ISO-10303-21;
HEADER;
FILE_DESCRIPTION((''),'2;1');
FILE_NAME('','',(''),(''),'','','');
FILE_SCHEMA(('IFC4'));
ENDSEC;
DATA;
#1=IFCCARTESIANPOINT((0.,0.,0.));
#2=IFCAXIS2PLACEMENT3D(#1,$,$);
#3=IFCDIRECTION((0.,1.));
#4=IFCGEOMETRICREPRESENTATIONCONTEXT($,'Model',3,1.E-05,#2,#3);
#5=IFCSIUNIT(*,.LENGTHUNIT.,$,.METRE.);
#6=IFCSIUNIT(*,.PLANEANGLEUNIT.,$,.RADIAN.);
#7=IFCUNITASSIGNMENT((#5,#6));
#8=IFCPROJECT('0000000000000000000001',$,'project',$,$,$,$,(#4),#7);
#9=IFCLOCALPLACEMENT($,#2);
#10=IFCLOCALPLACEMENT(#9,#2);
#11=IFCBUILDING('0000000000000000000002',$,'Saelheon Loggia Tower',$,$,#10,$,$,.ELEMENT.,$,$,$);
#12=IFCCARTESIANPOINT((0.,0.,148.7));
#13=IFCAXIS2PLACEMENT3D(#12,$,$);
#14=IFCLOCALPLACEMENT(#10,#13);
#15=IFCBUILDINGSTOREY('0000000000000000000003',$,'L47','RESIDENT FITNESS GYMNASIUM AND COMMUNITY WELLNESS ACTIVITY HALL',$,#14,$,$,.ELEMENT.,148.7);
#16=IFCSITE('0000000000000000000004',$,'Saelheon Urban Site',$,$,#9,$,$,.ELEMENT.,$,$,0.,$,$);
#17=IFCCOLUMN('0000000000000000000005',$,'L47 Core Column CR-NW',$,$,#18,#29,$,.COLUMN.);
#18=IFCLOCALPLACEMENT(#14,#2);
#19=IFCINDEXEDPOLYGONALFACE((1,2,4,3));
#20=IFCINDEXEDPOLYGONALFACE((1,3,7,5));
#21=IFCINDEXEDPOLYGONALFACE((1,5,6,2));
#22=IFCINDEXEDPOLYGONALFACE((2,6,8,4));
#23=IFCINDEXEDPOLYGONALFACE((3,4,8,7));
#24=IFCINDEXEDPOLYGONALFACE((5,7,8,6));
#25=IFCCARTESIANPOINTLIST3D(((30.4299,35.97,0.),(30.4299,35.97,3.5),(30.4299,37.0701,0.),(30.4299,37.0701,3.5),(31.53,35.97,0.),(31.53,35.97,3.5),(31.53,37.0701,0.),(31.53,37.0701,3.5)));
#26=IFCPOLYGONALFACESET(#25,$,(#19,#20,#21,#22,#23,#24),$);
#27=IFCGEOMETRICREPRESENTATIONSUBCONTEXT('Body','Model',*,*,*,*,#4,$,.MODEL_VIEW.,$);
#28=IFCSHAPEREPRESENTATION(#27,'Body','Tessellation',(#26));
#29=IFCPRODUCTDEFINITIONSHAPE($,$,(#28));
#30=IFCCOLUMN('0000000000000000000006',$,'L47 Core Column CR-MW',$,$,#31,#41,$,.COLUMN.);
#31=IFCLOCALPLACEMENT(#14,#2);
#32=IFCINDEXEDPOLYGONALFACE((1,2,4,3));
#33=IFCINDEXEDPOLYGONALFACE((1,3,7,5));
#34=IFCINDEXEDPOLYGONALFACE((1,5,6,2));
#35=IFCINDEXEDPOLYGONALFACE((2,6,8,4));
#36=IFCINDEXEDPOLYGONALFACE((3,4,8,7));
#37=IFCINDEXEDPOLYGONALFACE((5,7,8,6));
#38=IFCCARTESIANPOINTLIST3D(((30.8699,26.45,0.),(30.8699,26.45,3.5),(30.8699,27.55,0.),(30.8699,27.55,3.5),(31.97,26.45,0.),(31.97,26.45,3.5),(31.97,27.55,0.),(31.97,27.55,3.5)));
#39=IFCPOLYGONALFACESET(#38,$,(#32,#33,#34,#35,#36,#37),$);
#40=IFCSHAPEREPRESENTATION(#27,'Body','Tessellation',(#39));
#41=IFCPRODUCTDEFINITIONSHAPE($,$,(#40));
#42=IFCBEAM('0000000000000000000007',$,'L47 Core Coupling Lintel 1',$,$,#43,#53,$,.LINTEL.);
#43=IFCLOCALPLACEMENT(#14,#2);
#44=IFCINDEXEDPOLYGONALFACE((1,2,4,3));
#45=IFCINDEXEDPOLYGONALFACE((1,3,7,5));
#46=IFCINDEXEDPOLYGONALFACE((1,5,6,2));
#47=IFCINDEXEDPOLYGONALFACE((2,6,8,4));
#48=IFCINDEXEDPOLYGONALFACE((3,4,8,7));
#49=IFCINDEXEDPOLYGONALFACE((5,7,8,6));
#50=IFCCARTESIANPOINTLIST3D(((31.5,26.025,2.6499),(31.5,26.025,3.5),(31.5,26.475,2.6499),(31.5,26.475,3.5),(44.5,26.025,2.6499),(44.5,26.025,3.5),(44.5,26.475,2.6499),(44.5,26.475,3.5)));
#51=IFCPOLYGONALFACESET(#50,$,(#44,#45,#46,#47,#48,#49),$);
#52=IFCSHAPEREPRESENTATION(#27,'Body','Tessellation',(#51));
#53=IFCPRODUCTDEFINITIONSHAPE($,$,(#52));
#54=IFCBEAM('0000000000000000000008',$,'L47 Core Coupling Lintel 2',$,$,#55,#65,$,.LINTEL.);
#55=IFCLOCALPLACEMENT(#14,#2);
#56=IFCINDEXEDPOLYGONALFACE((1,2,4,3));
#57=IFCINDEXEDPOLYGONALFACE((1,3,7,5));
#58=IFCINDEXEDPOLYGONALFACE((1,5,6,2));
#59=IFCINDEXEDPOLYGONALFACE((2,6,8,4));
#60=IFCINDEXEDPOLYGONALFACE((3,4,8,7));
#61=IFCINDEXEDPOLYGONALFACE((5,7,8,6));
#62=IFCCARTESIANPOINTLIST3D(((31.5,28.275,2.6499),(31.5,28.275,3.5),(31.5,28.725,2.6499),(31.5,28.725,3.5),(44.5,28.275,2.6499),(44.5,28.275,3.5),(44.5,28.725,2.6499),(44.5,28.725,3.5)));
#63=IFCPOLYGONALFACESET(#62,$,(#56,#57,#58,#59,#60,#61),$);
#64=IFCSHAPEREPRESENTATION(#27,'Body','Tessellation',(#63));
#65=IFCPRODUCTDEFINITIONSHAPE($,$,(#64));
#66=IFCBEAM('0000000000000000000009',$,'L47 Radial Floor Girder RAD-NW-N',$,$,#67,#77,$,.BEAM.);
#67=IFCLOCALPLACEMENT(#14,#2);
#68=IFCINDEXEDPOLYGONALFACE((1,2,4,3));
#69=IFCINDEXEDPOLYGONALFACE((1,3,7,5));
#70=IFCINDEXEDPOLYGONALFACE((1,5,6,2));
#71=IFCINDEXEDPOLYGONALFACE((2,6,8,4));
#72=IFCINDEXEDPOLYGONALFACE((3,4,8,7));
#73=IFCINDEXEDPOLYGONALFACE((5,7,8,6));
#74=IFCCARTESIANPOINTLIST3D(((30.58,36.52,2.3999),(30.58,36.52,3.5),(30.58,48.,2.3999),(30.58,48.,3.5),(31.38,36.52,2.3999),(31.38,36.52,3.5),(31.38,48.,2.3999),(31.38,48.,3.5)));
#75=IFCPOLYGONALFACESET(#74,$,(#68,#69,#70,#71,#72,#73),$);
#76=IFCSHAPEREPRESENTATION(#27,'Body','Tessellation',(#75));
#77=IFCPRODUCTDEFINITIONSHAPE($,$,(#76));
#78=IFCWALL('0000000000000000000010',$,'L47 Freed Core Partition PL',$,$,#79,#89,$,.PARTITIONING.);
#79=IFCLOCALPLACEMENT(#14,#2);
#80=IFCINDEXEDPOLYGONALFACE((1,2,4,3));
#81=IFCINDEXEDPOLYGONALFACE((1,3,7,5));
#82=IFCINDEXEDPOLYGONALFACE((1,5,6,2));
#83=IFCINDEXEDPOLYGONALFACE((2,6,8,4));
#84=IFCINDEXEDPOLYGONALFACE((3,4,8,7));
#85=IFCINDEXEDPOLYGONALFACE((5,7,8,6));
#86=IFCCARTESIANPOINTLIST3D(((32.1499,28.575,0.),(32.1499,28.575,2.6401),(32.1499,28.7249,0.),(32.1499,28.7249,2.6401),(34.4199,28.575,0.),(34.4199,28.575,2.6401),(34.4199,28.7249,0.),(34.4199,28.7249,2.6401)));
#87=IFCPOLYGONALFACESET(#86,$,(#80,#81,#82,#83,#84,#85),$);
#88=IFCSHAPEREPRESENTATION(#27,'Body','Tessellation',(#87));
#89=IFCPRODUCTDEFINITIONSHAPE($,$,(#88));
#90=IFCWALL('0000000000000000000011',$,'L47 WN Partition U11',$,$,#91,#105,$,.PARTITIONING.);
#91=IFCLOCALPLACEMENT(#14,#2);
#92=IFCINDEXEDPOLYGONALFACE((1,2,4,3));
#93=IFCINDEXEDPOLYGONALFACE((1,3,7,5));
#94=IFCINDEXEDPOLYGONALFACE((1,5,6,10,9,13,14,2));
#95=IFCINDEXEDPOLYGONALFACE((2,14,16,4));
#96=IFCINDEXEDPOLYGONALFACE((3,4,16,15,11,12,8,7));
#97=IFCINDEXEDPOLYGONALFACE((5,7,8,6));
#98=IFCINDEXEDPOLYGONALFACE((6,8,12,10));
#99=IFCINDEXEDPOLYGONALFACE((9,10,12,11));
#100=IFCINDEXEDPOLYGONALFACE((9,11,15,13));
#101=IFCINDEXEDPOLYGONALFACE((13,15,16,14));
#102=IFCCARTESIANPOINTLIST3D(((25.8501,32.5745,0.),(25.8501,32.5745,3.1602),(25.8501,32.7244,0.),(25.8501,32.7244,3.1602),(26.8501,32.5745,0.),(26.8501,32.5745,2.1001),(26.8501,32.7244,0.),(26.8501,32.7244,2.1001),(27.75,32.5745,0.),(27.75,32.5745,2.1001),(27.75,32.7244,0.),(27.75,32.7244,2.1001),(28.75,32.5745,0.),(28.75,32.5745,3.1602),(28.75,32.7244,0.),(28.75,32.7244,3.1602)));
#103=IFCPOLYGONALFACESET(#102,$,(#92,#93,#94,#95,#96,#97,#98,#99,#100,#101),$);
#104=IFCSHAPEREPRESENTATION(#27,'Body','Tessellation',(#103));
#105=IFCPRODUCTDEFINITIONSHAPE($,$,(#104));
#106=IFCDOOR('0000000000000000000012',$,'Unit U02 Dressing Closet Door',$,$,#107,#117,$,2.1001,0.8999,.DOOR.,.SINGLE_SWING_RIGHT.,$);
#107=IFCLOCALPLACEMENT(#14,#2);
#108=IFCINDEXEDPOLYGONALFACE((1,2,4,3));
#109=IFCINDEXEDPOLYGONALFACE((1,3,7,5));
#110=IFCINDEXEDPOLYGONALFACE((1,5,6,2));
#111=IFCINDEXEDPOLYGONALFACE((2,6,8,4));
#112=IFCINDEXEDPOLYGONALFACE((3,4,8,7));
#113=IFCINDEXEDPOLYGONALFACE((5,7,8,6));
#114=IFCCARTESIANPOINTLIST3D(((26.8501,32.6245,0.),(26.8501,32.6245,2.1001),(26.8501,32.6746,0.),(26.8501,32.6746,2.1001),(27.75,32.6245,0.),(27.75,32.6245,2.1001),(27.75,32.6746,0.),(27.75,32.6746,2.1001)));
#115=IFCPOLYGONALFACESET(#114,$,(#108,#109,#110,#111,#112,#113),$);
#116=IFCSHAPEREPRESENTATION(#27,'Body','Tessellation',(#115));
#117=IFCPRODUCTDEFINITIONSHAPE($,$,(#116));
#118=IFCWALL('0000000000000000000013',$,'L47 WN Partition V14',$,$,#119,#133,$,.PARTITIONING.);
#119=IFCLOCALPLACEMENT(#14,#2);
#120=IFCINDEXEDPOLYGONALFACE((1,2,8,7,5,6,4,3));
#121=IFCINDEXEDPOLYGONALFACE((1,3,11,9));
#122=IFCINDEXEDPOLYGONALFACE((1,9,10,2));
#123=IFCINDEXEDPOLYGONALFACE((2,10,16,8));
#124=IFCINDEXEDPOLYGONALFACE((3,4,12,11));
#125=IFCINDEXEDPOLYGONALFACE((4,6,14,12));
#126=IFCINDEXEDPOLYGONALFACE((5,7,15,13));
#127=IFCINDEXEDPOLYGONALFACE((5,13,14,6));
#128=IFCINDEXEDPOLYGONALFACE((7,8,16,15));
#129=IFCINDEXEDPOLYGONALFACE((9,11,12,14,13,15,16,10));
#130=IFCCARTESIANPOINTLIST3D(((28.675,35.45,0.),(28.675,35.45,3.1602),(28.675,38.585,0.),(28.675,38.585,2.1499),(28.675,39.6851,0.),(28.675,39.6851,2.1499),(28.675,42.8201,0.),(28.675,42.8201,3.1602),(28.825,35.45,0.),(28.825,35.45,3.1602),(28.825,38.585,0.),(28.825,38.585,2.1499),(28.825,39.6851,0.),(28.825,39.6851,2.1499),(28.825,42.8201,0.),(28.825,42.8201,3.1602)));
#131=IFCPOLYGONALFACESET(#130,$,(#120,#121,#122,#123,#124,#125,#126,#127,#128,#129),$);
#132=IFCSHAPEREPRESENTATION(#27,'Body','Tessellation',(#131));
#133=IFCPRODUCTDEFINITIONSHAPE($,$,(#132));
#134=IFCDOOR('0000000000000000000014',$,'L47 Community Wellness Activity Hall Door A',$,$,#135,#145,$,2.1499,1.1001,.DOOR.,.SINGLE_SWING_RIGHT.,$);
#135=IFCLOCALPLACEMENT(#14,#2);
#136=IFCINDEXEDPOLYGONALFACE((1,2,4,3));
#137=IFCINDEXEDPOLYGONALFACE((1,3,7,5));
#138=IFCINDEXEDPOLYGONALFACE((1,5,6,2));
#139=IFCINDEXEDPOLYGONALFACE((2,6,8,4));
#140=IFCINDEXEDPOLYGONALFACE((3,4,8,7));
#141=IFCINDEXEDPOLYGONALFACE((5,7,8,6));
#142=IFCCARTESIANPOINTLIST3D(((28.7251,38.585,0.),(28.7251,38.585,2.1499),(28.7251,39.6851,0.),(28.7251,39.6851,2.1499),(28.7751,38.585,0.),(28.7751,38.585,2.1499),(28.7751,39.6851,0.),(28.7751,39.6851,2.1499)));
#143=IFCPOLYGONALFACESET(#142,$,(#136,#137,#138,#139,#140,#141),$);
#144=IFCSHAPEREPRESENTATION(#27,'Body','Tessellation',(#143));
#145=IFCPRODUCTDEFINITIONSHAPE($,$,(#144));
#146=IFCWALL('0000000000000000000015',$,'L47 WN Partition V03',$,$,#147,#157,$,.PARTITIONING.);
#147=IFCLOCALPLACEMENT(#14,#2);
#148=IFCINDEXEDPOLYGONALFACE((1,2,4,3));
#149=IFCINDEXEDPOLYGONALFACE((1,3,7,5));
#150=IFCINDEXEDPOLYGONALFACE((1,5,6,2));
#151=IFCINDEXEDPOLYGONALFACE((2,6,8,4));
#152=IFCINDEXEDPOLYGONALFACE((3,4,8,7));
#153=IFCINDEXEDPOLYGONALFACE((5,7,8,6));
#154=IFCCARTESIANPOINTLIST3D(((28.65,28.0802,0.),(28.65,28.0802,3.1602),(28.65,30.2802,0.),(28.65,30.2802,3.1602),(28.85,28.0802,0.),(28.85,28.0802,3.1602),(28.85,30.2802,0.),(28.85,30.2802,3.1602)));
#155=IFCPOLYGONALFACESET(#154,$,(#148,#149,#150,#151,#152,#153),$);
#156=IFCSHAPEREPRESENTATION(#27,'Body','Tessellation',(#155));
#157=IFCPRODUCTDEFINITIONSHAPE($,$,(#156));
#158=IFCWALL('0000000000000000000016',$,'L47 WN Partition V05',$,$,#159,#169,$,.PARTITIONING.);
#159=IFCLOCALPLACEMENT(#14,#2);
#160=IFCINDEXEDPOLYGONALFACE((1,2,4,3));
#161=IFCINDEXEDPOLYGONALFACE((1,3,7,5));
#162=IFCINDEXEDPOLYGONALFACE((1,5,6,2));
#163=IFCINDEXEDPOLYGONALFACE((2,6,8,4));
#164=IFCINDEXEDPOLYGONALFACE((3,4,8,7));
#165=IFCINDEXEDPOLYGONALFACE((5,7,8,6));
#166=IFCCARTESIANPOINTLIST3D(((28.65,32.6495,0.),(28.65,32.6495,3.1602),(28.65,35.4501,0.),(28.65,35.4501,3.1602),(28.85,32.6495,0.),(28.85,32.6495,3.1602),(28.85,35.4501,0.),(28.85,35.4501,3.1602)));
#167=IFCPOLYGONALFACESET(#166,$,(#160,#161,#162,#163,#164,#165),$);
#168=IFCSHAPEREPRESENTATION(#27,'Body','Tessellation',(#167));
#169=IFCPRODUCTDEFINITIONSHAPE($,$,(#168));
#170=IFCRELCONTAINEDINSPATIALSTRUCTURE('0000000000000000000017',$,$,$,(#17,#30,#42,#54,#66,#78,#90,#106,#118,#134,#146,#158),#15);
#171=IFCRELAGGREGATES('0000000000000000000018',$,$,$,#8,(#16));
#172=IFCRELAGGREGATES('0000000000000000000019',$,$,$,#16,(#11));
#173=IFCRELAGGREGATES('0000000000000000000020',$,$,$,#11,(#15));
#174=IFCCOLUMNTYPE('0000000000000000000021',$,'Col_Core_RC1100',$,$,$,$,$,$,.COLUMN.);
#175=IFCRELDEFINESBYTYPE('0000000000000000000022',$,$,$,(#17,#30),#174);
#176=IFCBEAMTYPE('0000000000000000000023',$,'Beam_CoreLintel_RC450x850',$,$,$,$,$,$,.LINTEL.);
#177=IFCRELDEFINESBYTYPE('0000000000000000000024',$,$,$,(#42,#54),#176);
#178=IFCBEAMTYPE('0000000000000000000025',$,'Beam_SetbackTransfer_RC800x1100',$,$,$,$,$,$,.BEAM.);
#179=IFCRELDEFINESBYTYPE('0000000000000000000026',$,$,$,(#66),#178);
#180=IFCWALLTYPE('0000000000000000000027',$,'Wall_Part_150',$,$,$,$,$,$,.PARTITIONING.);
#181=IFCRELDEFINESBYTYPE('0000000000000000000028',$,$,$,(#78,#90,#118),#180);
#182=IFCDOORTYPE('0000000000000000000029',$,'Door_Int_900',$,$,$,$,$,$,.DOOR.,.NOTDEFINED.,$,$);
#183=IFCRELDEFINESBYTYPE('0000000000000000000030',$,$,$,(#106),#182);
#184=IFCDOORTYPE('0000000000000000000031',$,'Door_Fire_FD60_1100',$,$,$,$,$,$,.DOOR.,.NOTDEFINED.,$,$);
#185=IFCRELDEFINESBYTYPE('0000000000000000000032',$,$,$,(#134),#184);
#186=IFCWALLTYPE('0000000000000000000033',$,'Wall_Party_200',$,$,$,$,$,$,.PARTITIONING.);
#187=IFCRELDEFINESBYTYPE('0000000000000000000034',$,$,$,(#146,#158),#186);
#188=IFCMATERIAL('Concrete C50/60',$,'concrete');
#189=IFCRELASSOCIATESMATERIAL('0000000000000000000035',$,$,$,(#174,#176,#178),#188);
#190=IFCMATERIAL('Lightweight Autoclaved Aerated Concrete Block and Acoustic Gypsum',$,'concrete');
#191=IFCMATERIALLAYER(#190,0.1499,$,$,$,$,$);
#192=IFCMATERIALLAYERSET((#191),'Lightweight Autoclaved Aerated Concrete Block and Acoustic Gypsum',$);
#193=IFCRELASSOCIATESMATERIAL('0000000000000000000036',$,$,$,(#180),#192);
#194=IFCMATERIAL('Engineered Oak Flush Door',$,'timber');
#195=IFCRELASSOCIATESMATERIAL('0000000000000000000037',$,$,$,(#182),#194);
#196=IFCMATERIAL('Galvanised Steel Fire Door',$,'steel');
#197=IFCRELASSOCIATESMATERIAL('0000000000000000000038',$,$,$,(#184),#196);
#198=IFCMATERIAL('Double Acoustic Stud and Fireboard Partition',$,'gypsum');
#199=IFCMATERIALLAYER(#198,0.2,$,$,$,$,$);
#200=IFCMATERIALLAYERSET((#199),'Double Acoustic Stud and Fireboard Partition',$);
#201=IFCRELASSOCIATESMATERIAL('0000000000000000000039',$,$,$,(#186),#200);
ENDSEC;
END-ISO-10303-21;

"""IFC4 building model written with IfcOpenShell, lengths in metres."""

from ifc_helpers import new_model, si_unit, direction, frame, frame_2d, origin, origin_2d, place, context, subcontext, project, spatial, rectangle, extrude, source, transform, mapped, material, layer, layer_set, material_profile, profile_set, type_object, element, fill, save


model = new_model("IFC4")

# Units and contexts
model_context = context("Model", 3, precision=1e-05, world=origin(), true_north=direction((0.0, 1.0)))
body_context = subcontext(model_context, "Body", "Model", "MODEL_VIEW")
ifc_project = project(units=[si_unit("LENGTHUNIT", "METRE"), si_unit("PLANEANGLEUNIT", "RADIAN")], contexts=[model_context])

# Site, building, storey
site_placement = place(None, origin())
site = spatial("IfcSite", under=ifc_project, at=site_placement, Name="Saelheon Urban Site", CompositionType="ELEMENT", RefElevation=0.0)
building_placement = place(site_placement, origin())
building = spatial("IfcBuilding", under=site, at=building_placement, Name="Saelheon Loggia Tower", CompositionType="ELEMENT")
storey_placement = place(building_placement, frame((0.0, 0.0, 148.7)))
storey = spatial("IfcBuildingStorey", under=building, at=storey_placement, Name="L47", Description="RESIDENT FITNESS GYMNASIUM AND COMMUNITY WELLNESS ACTIVITY HALL", CompositionType="ELEMENT", Elevation=148.7)

# Columns
ifc_material_1 = material(Name="Concrete C50/60", Category="concrete")
ifc_material_profile_1 = material_profile(ifc_material_1, rectangle(XDim=1.1001, YDim=1.1001, at=origin_2d()), Name="RC-1100x1100")
ifc_profile_set_1 = profile_set([ifc_material_profile_1], Name="Concrete C50/60")
column_type = type_object("IfcColumnType", Name="Col_Core_RC1100", PredefinedType="COLUMN", material=ifc_profile_set_1)
shared_shape_1 = source(origin(), body_context, "Body", "SweptSolid", [
    extrude(rectangle(XDim=1.1001, YDim=1.1001, at=origin_2d()), origin(), (0.0, 0.0, 1.0), 3.5),
])
for number, where, z_axis, x_axis, name in (
    (1, (30.98, 36.52, 0.0), (0.0, 0.0, 1.0), (1.0, 0.0, 0.0), "L47 Core Column CR-NW"),
    (2, (31.4199, 27.0, 0.0), (0.0, 0.0, 1.0), (1.0, 0.0, 0.0), "L47 Core Column CR-MW"),
):
    element("IfcColumn", number, at=place(storey_placement, frame(where, z_axis=z_axis, x_axis=x_axis)), inside=storey, type_object=column_type, Name=name, PredefinedType="COLUMN", context=body_context, shape_type="MappedRepresentation", body=[
        mapped(shared_shape_1, transform((0.0, 0.0, 0.0), scale=1.0)),
    ])

# Beams
ifc_material_profile_2 = material_profile(ifc_material_1, rectangle(XDim=0.45, YDim=0.8501, at=origin_2d()), Name="RC-450x850")
ifc_profile_set_2 = profile_set([ifc_material_profile_2], Name="Concrete C50/60")
beam_type_1 = type_object("IfcBeamType", Name="Beam_CoreLintel_RC450x850", PredefinedType="LINTEL", material=ifc_profile_set_2)
shared_shape_2 = source(origin(), body_context, "Body", "SweptSolid", [
    extrude(rectangle(XDim=0.45, YDim=0.8501, at=origin_2d()), origin(), (0.0, 0.0, 1.0), 13.0),
])
for number, where, z_axis, x_axis, name in (
    (3, (31.5, 26.25, 3.075), (1.0, 0.0, 0.0), (0.0, 1.0, 0.0), "L47 Core Coupling Lintel 1"),
    (4, (31.5, 28.5, 3.075), (1.0, 0.0, 0.0), (0.0, 1.0, 0.0), "L47 Core Coupling Lintel 2"),
):
    element("IfcBeam", number, at=place(storey_placement, frame(where, z_axis=z_axis, x_axis=x_axis)), inside=storey, type_object=beam_type_1, Name=name, PredefinedType="LINTEL", context=body_context, shape_type="MappedRepresentation", body=[
        mapped(shared_shape_2, transform((0.0, 0.0, 0.0), scale=1.0)),
    ])
ifc_material_profile_3 = material_profile(ifc_material_1, rectangle(XDim=0.8, YDim=1.1001, at=origin_2d()), Name="RC-800x1100")
ifc_profile_set_3 = profile_set([ifc_material_profile_3], Name="Concrete C50/60")
beam_type_2 = type_object("IfcBeamType", Name="Beam_SetbackTransfer_RC800x1100", PredefinedType="BEAM", material=ifc_profile_set_3)
shared_shape_3 = source(origin(), body_context, "Body", "SweptSolid", [
    extrude(rectangle(XDim=0.8, YDim=1.1001, at=origin_2d()), origin(), (0.0, 0.0, 1.0), 11.48),
])
beam_placement = place(storey_placement, frame((30.98, 36.52, 2.95), z_axis=(0.0, 1.0, 0.0), x_axis=(-1.0, 0.0, 0.0)))
element("IfcBeam", 5, at=beam_placement, inside=storey, type_object=beam_type_2, Name="L47 Radial Floor Girder RAD-NW-N", PredefinedType="BEAM", context=body_context, shape_type="MappedRepresentation", body=[
    mapped(shared_shape_3, transform((0.0, 0.0, 0.0), scale=1.0)),
])

# Wall
ifc_material_2 = material(Name="Lightweight Autoclaved Aerated Concrete Block and Acoustic Gypsum", Category="concrete")
ifc_layer_1 = layer(ifc_material_2, 0.1499)
ifc_layer_set_1 = layer_set([ifc_layer_1], Name="Lightweight Autoclaved Aerated Concrete Block and Acoustic Gypsum")
wall_type_1 = type_object("IfcWallType", Name="Wall_Part_150", PredefinedType="PARTITIONING", material=ifc_layer_set_1)
wall_1_placement = place(storey_placement, frame((32.1499, 28.6499, 0.0), z_axis=(0.0, 0.0, 1.0), x_axis=(1.0, 0.0, 0.0)))
element("IfcWall", 6, at=wall_1_placement, inside=storey, type_object=wall_type_1, Name="L47 Freed Core Partition PL", PredefinedType="PARTITIONING", context=body_context, shape_type="SweptSolid", body=[
    extrude(rectangle(XDim=2.27, YDim=0.1499, at=frame_2d((1.135, 0.0))), origin(), (0.0, 0.0, 1.0), 2.6401),
])

# Walls, openings, doors
wall_2_placement = place(storey_placement, frame((28.75, 32.6494, 0.0), z_axis=(0.0, 0.0, 1.0), x_axis=(-1.0, 0.0, 0.0)))
wall_2 = element("IfcWall", 7, at=wall_2_placement, inside=storey, type_object=wall_type_1, Name="L47 WN Partition U11", PredefinedType="PARTITIONING", context=body_context, shape_type="SweptSolid", body=[
    extrude(rectangle(XDim=2.8999, YDim=0.1499, at=frame_2d((1.45, 0.0))), origin(), (0.0, 0.0, 1.0), 3.1602),
])
opening_1_placement = place(wall_2_placement, frame((1.0, 0.0, 0.0)))
opening_1 = element("IfcOpeningElement", 8, at=opening_1_placement, cuts=wall_2, PredefinedType="OPENING", context=body_context, shape_type="SweptSolid", body=[
    extrude(rectangle(XDim=0.8999, YDim=2.1001, at=frame_2d((0.45, 1.05))), frame((0.0, 0.0869, 0.0), z_axis=(0.0, -1.0, 0.0), x_axis=(1.0, 0.0, 0.0)), (0.0, 0.0, 1.0), 0.1738),
])
ifc_material_3 = material(Name="Engineered Oak Flush Door", Category="timber")
door_type_1 = type_object("IfcDoorType", Name="Door_Int_900", OperationType="NOTDEFINED", PredefinedType="DOOR", material=ifc_material_3)
shared_shape_4 = source(origin(), body_context, "Body", "SweptSolid", [
    extrude(rectangle(XDim=0.8999, YDim=2.1001, at=frame_2d((0.45, 1.05))), frame((0.0, 0.0249, 0.0), z_axis=(0.0, -1.0, 0.0), x_axis=(1.0, 0.0, 0.0)), (0.0, 0.0, 1.0), 0.05),
])
door_1_placement = place(opening_1_placement, origin())
door_1 = element("IfcDoor", 9, at=door_1_placement, inside=storey, type_object=door_type_1, Name="Unit U02 Dressing Closet Door", OperationType="SINGLE_SWING_RIGHT", OverallHeight=2.1001, OverallWidth=0.8999, PredefinedType="DOOR", context=body_context, shape_type="MappedRepresentation", body=[
    mapped(shared_shape_4, transform((0.0, 0.0, 0.0), scale=1.0)),
])
fill(opening_1, door_1)
wall_3_placement = place(storey_placement, frame((28.75, 35.45, 0.0), z_axis=(0.0, 0.0, 1.0), x_axis=(0.0, 1.0, 0.0)))
wall_3 = element("IfcWall", 10, at=wall_3_placement, inside=storey, type_object=wall_type_1, Name="L47 WN Partition V14", PredefinedType="PARTITIONING", context=body_context, shape_type="SweptSolid", body=[
    extrude(rectangle(XDim=7.3701, YDim=0.1499, at=frame_2d((3.6851, 0.0))), origin(), (0.0, 0.0, 1.0), 3.1602),
])
opening_2_placement = place(wall_3_placement, frame((3.135, 0.0, 0.0)))
opening_2 = element("IfcOpeningElement", 11, at=opening_2_placement, cuts=wall_3, PredefinedType="OPENING", context=body_context, shape_type="SweptSolid", body=[
    extrude(rectangle(XDim=1.1001, YDim=2.1499, at=frame_2d((0.55, 1.075))), frame((0.0, 0.0869, 0.0), z_axis=(0.0, -1.0, 0.0), x_axis=(1.0, 0.0, 0.0)), (0.0, 0.0, 1.0), 0.1738),
])
ifc_material_4 = material(Name="Galvanised Steel Fire Door", Category="steel")
door_type_2 = type_object("IfcDoorType", Name="Door_Fire_FD60_1100", OperationType="NOTDEFINED", PredefinedType="DOOR", material=ifc_material_4)
shared_shape_5 = source(origin(), body_context, "Body", "SweptSolid", [
    extrude(rectangle(XDim=1.1001, YDim=2.1499, at=frame_2d((0.55, 1.075))), frame((0.0, 0.0249, 0.0), z_axis=(0.0, -1.0, 0.0), x_axis=(1.0, 0.0, 0.0)), (0.0, 0.0, 1.0), 0.05),
])
door_2_placement = place(opening_2_placement, origin())
door_2 = element("IfcDoor", 12, at=door_2_placement, inside=storey, type_object=door_type_2, Name="L47 Community Wellness Activity Hall Door A", OperationType="SINGLE_SWING_RIGHT", OverallHeight=2.1499, OverallWidth=1.1001, PredefinedType="DOOR", context=body_context, shape_type="MappedRepresentation", body=[
    mapped(shared_shape_5, transform((0.0, 0.0, 0.0), scale=1.0)),
])
fill(opening_2, door_2)

# Wall
ifc_material_5 = material(Name="Double Acoustic Stud and Fireboard Partition", Category="gypsum")
ifc_layer_2 = layer(ifc_material_5, 0.2)
ifc_layer_set_2 = layer_set([ifc_layer_2], Name="Double Acoustic Stud and Fireboard Partition")
wall_type_2 = type_object("IfcWallType", Name="Wall_Party_200", PredefinedType="PARTITIONING", material=ifc_layer_set_2)
wall_4_placement = place(storey_placement, frame((28.75, 28.0801, 0.0), z_axis=(0.0, 0.0, 1.0), x_axis=(0.0, 1.0, 0.0)))
element("IfcWall", 13, at=wall_4_placement, inside=storey, type_object=wall_type_2, Name="L47 WN Partition V03", PredefinedType="PARTITIONING", context=body_context, shape_type="SweptSolid", body=[
    extrude(rectangle(XDim=2.2, YDim=0.2, at=frame_2d((1.1001, 0.0))), origin(), (0.0, 0.0, 1.0), 3.1602),
])

# Wall
wall_5_placement = place(storey_placement, frame((28.75, 32.6494, 0.0), z_axis=(0.0, 0.0, 1.0), x_axis=(0.0, 1.0, 0.0)))
element("IfcWall", 14, at=wall_5_placement, inside=storey, type_object=wall_type_2, Name="L47 WN Partition V05", PredefinedType="PARTITIONING", context=body_context, shape_type="SweptSolid", body=[
    extrude(rectangle(XDim=2.8005, YDim=0.2, at=frame_2d((1.4004, 0.0))), origin(), (0.0, 0.0, 1.0), 3.1602),
])

save(model, "model.ifc")
